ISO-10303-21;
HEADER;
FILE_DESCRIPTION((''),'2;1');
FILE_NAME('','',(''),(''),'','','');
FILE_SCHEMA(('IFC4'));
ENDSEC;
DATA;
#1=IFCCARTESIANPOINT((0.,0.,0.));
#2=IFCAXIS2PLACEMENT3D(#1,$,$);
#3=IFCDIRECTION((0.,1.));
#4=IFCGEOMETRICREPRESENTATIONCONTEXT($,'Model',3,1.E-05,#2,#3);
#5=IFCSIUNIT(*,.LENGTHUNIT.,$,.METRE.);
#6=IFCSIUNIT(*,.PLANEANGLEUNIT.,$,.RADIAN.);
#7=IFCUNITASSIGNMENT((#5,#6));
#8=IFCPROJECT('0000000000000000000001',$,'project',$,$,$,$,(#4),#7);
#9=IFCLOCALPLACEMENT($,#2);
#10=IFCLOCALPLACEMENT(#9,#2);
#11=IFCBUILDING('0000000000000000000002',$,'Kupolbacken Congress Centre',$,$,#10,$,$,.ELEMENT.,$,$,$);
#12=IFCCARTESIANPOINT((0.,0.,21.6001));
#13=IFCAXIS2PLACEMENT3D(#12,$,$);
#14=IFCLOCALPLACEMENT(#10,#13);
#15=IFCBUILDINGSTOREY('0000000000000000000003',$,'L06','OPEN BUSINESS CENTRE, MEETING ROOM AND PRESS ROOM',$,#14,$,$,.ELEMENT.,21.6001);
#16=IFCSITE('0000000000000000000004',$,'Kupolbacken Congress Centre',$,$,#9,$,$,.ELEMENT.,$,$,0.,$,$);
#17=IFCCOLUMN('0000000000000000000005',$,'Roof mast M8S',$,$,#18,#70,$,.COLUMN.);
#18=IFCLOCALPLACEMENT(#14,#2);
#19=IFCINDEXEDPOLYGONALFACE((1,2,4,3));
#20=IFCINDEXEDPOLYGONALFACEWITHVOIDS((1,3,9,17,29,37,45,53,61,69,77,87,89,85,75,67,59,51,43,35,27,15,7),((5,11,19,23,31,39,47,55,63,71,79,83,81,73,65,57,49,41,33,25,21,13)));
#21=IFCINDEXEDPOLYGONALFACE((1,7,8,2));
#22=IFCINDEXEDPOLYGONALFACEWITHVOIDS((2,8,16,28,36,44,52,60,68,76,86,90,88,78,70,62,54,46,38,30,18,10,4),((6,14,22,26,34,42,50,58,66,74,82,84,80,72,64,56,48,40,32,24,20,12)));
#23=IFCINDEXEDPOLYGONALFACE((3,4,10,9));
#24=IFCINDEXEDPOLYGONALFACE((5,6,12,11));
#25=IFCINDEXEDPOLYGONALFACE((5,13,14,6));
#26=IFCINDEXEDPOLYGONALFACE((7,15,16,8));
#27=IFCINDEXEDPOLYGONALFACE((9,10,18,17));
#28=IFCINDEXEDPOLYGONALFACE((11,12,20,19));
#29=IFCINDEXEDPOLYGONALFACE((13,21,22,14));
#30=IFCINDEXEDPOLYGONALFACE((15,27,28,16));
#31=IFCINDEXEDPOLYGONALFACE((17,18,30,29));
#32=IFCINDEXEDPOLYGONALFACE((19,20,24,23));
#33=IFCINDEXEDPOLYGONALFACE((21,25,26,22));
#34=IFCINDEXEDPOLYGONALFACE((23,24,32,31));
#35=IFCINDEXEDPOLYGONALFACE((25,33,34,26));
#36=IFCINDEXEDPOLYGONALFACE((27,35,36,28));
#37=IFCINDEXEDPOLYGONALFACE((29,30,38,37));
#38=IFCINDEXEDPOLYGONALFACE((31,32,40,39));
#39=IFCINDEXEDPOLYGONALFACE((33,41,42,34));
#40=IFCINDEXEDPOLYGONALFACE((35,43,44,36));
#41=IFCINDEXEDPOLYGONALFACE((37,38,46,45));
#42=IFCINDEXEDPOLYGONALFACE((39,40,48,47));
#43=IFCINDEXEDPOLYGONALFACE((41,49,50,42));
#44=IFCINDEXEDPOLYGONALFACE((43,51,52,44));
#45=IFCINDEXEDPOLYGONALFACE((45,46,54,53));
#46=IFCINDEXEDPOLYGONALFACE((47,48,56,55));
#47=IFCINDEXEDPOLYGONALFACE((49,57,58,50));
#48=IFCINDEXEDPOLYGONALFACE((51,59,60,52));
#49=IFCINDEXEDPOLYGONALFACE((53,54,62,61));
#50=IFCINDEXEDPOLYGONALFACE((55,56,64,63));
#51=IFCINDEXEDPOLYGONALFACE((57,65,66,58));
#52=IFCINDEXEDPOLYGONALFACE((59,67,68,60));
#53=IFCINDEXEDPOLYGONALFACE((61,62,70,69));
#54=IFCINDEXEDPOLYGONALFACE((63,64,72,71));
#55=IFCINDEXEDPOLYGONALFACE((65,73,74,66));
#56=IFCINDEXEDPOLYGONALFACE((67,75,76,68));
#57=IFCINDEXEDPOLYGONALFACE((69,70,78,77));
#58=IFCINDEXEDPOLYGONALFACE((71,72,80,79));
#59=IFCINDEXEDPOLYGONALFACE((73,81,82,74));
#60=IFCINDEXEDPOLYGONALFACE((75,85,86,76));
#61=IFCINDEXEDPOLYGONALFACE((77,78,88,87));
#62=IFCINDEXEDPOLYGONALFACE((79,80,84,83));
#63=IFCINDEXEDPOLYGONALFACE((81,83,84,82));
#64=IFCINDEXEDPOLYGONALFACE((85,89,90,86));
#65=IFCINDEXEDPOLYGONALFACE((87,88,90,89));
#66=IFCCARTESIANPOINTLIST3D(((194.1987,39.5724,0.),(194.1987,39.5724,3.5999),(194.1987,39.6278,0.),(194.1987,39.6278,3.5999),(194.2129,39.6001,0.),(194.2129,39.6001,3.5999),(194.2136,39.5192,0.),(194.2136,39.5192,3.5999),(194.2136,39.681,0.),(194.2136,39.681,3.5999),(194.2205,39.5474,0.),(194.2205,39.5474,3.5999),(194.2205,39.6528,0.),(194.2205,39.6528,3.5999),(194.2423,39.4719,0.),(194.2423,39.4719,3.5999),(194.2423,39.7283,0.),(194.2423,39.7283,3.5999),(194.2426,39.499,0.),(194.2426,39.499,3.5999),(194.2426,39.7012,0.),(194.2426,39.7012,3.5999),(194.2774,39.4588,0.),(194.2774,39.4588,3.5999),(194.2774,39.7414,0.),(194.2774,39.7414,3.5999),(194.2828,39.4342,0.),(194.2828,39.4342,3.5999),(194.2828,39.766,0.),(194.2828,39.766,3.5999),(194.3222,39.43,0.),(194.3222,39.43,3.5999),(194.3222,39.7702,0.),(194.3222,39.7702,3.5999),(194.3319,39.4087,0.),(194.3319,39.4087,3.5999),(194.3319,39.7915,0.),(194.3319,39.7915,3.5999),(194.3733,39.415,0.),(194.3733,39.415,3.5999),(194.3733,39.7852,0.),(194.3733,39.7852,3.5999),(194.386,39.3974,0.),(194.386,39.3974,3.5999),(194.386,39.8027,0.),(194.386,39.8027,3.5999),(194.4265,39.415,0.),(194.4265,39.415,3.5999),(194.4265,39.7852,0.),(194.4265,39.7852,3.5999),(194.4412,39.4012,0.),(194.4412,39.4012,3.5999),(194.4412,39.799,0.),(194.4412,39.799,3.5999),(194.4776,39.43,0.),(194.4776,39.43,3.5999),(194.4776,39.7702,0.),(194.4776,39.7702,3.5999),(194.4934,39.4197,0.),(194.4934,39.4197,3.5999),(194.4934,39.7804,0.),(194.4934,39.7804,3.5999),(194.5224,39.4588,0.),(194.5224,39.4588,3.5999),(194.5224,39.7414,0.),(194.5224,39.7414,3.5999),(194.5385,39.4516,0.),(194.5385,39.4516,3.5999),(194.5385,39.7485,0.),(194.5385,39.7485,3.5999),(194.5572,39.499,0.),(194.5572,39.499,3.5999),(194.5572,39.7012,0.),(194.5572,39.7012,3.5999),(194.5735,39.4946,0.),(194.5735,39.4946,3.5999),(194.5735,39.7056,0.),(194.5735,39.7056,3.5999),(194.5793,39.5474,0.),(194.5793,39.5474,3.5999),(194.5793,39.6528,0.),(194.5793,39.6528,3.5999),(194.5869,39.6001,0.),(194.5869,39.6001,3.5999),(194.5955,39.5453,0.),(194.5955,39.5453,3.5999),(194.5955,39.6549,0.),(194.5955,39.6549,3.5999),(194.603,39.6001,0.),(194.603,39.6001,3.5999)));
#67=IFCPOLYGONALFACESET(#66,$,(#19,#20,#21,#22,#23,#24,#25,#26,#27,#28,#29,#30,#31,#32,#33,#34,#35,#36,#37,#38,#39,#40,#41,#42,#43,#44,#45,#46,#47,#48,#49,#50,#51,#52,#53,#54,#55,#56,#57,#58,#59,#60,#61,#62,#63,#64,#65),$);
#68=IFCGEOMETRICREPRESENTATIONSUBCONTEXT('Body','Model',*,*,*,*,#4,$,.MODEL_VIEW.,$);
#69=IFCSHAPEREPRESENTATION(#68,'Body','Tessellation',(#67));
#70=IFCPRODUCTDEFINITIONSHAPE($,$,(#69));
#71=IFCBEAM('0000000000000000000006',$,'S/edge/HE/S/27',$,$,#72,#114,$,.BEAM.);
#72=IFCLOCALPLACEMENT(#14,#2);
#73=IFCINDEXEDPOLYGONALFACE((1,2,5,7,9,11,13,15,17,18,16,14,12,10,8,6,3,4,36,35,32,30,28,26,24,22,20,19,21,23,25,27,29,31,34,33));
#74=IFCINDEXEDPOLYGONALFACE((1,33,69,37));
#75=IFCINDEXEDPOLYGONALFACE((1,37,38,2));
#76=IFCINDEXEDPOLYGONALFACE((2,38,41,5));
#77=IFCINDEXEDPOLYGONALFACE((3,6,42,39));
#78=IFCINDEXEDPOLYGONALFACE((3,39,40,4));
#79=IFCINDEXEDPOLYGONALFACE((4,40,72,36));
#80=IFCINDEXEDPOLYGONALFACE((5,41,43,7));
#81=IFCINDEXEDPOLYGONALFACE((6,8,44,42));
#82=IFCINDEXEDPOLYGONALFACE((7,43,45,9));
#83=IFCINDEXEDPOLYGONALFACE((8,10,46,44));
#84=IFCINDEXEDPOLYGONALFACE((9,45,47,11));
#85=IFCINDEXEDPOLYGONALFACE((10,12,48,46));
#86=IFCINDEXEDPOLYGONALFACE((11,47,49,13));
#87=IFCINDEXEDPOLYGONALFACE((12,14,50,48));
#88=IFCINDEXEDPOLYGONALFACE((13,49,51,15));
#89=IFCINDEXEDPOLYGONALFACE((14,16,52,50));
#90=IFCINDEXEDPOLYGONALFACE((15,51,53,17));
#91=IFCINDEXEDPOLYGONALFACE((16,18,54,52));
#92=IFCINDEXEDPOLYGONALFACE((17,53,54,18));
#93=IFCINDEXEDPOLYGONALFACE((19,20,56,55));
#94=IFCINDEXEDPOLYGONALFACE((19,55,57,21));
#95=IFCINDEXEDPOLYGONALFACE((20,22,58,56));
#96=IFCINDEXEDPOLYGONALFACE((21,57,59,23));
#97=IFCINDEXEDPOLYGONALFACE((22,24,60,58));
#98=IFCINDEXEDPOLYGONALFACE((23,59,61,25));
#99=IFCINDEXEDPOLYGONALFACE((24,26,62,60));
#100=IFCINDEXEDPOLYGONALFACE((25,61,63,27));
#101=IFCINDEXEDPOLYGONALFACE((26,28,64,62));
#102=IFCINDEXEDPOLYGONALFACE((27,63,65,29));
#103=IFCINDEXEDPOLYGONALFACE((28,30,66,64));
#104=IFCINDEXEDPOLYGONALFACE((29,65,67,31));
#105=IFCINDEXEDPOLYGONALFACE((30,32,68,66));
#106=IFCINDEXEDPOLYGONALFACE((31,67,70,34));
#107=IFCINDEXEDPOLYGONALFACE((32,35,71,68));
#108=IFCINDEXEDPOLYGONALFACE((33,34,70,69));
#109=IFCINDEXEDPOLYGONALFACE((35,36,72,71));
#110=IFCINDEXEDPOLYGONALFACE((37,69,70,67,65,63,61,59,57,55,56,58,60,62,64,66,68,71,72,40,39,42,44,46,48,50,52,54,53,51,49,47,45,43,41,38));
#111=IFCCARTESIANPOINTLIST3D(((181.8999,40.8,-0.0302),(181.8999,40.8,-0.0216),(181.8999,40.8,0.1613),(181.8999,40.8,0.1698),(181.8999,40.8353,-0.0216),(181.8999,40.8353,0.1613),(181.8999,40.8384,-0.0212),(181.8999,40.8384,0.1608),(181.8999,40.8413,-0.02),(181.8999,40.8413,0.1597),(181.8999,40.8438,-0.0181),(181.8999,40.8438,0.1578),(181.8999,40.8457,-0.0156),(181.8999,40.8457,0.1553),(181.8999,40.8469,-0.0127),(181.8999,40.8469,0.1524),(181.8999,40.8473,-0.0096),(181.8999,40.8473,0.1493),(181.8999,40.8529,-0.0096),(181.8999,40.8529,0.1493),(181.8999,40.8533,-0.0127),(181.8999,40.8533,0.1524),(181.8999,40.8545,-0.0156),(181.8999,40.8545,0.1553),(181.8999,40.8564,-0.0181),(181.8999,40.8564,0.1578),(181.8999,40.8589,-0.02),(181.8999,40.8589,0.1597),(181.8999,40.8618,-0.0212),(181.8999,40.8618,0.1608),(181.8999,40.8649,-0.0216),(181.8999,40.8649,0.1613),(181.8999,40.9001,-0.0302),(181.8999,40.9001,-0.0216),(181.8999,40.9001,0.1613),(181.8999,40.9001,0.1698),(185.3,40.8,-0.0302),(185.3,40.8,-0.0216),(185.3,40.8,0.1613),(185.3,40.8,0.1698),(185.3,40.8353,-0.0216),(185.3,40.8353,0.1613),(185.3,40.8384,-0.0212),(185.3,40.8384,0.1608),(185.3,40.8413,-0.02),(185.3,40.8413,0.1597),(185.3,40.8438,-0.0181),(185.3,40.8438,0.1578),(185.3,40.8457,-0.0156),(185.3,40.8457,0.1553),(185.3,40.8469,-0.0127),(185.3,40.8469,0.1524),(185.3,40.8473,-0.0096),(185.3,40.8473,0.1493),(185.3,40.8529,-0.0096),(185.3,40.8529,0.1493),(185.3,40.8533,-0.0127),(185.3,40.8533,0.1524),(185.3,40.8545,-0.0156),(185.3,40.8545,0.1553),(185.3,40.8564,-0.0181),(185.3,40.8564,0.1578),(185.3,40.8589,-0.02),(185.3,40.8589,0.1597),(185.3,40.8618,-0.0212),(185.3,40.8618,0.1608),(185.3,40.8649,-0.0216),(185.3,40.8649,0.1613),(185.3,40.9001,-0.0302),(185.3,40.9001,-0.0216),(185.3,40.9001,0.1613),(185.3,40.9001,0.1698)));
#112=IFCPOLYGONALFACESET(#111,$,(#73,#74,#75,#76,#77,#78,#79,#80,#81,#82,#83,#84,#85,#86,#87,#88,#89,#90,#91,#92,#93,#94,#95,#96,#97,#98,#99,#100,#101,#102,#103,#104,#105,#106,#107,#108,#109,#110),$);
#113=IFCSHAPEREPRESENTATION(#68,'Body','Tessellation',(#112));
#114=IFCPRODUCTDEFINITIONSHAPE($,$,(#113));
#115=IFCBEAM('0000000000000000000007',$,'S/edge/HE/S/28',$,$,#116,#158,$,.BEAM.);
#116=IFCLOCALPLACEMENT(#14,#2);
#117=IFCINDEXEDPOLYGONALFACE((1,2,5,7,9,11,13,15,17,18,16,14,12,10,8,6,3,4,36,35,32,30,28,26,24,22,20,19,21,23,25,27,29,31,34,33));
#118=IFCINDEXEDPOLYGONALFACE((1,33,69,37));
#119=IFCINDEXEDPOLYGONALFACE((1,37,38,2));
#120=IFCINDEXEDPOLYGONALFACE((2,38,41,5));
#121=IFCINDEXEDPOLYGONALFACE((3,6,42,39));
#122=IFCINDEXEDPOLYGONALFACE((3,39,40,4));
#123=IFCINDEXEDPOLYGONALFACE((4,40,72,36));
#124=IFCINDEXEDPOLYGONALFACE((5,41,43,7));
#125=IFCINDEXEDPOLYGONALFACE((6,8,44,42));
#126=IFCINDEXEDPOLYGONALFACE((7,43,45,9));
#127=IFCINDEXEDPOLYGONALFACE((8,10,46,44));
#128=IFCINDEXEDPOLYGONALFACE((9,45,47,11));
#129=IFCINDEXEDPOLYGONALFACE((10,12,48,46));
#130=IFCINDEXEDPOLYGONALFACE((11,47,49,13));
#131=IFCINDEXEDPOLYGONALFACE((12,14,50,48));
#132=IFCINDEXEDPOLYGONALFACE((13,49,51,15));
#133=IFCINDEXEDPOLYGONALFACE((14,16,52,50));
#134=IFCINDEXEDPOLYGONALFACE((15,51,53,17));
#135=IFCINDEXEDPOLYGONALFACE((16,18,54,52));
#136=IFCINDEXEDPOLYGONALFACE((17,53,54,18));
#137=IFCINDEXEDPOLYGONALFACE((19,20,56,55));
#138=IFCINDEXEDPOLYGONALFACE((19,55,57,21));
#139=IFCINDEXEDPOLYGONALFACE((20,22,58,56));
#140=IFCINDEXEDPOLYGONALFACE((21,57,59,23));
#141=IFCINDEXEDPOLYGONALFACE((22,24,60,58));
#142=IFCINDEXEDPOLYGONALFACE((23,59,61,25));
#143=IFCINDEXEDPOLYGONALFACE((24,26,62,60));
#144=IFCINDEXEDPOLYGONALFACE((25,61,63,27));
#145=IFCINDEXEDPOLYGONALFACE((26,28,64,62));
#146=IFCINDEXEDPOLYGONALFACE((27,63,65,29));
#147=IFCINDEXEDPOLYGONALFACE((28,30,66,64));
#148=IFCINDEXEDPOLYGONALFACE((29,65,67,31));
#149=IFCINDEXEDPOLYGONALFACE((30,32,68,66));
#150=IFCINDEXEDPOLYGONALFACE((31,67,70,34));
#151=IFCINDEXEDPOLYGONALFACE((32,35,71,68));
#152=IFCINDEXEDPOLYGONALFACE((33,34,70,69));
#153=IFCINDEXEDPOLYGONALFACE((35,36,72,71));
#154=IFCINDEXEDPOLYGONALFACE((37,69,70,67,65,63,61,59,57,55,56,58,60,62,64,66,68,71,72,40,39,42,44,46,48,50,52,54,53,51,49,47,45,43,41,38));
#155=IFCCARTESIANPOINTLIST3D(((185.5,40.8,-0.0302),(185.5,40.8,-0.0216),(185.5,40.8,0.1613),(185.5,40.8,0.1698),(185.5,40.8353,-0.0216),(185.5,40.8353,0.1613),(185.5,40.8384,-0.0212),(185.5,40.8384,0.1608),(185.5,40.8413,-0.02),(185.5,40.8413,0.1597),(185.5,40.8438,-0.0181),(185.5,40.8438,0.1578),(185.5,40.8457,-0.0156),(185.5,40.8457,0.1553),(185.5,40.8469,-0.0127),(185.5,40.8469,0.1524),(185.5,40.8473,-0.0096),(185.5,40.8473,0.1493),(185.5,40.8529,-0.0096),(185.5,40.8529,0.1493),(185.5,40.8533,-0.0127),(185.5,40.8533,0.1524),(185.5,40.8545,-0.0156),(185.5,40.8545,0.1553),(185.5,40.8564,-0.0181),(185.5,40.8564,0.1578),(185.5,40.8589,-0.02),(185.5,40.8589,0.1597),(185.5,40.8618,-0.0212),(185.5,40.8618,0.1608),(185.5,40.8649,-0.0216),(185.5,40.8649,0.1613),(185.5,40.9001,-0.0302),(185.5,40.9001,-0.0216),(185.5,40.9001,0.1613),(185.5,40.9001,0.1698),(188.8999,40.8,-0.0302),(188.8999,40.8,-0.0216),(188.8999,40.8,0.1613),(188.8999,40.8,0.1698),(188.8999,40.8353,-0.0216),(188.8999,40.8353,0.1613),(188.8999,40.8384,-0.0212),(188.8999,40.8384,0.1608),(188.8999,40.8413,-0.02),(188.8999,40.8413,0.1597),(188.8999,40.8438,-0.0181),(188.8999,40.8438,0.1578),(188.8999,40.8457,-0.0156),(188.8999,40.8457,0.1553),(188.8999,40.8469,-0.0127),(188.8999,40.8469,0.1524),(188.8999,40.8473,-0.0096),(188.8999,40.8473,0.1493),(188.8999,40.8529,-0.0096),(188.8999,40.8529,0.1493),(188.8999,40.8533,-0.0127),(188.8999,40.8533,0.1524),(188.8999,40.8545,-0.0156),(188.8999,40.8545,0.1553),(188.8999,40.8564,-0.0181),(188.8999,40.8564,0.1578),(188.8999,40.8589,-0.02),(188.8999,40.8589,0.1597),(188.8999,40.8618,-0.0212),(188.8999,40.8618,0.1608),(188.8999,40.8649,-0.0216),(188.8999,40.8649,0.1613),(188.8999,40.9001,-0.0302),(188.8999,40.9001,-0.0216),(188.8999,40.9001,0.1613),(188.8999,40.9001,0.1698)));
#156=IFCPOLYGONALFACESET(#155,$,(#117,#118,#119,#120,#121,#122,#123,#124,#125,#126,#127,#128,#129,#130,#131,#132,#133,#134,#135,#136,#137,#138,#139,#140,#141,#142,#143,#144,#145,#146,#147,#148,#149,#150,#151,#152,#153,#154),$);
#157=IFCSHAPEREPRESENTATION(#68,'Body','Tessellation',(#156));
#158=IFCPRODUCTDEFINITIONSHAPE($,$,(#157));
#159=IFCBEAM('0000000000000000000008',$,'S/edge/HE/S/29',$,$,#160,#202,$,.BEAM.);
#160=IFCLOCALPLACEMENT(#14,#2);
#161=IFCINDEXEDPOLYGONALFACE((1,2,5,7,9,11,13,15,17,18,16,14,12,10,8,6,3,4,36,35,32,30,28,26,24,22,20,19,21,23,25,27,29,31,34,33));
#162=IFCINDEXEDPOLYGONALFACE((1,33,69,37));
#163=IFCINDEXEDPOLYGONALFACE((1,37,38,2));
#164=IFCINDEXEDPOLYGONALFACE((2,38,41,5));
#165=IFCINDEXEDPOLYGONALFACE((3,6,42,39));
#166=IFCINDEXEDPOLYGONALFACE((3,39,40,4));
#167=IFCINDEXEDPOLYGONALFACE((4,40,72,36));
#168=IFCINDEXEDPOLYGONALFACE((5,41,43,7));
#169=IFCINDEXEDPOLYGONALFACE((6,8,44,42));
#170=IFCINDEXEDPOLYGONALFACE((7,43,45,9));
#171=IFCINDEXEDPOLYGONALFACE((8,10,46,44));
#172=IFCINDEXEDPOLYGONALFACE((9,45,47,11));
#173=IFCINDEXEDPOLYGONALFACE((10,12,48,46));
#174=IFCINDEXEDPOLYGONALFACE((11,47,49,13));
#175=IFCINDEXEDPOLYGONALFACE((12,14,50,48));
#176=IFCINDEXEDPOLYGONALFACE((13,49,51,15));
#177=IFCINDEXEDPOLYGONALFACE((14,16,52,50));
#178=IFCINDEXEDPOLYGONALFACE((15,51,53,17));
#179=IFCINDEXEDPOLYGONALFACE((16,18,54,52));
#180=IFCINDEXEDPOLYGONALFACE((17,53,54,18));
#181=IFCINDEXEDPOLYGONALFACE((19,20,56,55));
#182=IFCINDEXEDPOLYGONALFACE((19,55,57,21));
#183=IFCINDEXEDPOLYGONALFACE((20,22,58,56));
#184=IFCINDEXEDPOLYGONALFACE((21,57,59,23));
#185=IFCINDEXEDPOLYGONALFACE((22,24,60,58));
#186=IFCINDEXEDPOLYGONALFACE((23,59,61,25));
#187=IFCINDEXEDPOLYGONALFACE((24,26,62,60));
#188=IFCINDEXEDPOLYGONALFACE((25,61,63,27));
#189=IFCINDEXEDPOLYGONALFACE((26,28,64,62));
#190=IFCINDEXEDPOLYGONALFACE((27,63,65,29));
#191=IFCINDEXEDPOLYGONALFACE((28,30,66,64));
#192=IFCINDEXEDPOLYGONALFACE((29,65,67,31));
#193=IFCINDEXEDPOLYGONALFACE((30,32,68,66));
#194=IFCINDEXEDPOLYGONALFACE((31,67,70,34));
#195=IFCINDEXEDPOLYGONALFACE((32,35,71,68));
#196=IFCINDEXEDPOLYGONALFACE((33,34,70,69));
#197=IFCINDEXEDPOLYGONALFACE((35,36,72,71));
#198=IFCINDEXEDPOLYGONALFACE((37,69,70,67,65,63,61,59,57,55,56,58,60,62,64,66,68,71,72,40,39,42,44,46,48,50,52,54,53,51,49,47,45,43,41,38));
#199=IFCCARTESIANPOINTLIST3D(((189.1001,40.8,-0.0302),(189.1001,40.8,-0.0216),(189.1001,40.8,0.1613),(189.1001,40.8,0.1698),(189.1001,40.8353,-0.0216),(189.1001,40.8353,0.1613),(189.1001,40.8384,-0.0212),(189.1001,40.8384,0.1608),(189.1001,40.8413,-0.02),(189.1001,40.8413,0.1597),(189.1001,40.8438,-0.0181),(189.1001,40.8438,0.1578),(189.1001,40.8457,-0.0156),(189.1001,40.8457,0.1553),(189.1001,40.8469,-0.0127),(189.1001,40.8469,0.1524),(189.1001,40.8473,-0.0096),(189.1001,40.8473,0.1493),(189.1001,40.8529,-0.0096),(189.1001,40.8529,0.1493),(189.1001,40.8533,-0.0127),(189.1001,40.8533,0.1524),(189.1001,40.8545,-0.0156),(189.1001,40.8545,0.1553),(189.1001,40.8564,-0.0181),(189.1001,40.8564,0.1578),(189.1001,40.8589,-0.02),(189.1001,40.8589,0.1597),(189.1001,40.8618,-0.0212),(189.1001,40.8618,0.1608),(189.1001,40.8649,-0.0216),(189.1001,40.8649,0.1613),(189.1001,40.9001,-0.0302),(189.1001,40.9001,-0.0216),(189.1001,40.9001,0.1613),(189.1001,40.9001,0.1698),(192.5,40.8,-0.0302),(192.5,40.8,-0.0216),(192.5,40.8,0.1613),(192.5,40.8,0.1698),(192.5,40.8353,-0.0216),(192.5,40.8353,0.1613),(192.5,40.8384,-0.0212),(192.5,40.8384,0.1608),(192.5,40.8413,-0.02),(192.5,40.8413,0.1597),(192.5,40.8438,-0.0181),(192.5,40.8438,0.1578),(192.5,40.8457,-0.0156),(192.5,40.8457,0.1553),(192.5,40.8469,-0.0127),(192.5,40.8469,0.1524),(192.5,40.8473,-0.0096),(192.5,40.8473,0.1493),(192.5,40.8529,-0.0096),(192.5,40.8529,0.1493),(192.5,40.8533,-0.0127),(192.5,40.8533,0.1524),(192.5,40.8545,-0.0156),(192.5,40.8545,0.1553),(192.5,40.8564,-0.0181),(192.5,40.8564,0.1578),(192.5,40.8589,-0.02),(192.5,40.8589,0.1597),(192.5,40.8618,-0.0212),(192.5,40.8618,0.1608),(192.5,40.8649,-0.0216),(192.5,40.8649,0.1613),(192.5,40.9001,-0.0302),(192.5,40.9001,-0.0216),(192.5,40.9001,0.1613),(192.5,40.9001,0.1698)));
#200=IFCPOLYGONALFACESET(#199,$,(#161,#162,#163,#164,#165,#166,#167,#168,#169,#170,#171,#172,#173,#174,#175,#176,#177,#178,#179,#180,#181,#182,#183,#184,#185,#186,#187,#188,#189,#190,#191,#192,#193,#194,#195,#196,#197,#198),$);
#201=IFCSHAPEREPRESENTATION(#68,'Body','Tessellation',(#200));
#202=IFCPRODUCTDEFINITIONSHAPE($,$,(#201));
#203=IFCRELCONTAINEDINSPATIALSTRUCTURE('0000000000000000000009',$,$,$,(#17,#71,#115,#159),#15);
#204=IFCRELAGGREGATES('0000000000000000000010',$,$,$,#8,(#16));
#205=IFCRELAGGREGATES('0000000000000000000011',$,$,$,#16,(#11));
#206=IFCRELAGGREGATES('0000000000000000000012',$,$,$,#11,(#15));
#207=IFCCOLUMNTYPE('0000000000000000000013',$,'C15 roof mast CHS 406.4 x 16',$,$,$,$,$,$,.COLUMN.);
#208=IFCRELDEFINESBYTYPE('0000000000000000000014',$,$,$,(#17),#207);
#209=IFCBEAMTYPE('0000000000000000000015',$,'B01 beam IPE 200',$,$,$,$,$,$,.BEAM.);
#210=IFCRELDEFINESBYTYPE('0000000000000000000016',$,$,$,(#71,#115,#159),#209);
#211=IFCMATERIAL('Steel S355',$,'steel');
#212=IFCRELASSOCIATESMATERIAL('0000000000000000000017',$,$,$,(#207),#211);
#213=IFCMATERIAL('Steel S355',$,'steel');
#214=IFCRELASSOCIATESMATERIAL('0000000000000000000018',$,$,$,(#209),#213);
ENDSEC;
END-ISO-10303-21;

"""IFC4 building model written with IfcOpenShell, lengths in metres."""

from ifc_helpers import new_model, si_unit, direction, frame, origin, origin_2d, place, context, subcontext, project, spatial, hollow_circle, i_section, extrude, material, material_profile, profile_set, type_object, element, save


model = new_model("IFC4")

# Units and contexts
model_context = context("Model", 3, precision=1e-05, world=origin(), true_north=direction((0.0, 1.0)))
body_context = subcontext(model_context, "Body", "Model", "MODEL_VIEW")
ifc_project = project(units=[si_unit("LENGTHUNIT", "METRE"), si_unit("PLANEANGLEUNIT", "RADIAN")], contexts=[model_context])

# Site, building, storey
site_placement = place(None, origin())
site = spatial("IfcSite", under=ifc_project, at=site_placement, Name="Kupolbacken Congress Centre", CompositionType="ELEMENT", RefElevation=0.0)
building_placement = place(site_placement, origin())
building = spatial("IfcBuilding", under=site, at=building_placement, Name="Kupolbacken Congress Centre", CompositionType="ELEMENT")
storey_placement = place(building_placement, frame((0.0, 0.0, 21.6001)))
storey = spatial("IfcBuildingStorey", under=building, at=storey_placement, Name="L06", Description="OPEN BUSINESS CENTRE, MEETING ROOM AND PRESS ROOM", CompositionType="ELEMENT", Elevation=21.6001)

# Column
ifc_material_1 = material(Name="Steel S355", Category="steel")
ifc_material_profile_1 = material_profile(ifc_material_1, hollow_circle(Radius=0.2031, WallThickness=0.0161, at=origin_2d()), Name="CHS 406.4 x 16")
ifc_profile_set_1 = profile_set([ifc_material_profile_1], Name="Steel S355")
column_type = type_object("IfcColumnType", Name="C15 roof mast CHS 406.4 x 16", PredefinedType="COLUMN", material=ifc_profile_set_1)
column_placement = place(storey_placement, frame((194.3999, 39.6001, 0.0), z_axis=(0.0, 0.0, 1.0), x_axis=(1.0, 0.0, 0.0)))
element("IfcColumn", 1, at=column_placement, inside=storey, type_object=column_type, Name="Roof mast M8S", PredefinedType="COLUMN", context=body_context, shape_type="SweptSolid", body=[
    extrude(hollow_circle(Radius=0.2031, WallThickness=0.0161, at=origin_2d()), origin(), (0.0, 0.0, 1.0), 3.5999),
])

# Beams
ifc_material_2 = material(Name="Steel S355", Category="steel")
ifc_material_profile_2 = material_profile(ifc_material_2, i_section(OverallWidth=0.1001, OverallDepth=0.2, WebThickness=0.0056, FlangeThickness=0.0085, FilletRadius=0.012, at=origin_2d()), Name="IPE 200")
ifc_profile_set_2 = profile_set([ifc_material_profile_2], Name="Steel S355")
beam_type_1 = type_object("IfcBeamType", Name="B01 beam IPE 200", PredefinedType="BEAM", material=ifc_profile_set_2)
beam_1_placement = place(storey_placement, frame((181.8999, 40.8501, 0.0698), z_axis=(1.0, 0.0, 0.0), x_axis=(0.0, 1.0, 0.0)))
element("IfcBeam", 2, at=beam_1_placement, inside=storey, type_object=beam_type_1, Name="S/edge/HE/S/27", PredefinedType="BEAM", context=body_context, shape_type="SweptSolid", body=[
    extrude(i_section(OverallWidth=0.1001, OverallDepth=0.2, WebThickness=0.0056, FlangeThickness=0.0085, FilletRadius=0.012, at=origin_2d()), origin(), (0.0, 0.0, 1.0), 3.4001),
])
for number, where, z_axis, x_axis, name in (
    (3, (185.5, 40.8501, 0.0698), (1.0, 0.0, 0.0), (0.0, 1.0, 0.0), "S/edge/HE/S/28"),
    (4, (189.1001, 40.8501, 0.0698), (1.0, 0.0, 0.0), (0.0, 1.0, 0.0), "S/edge/HE/S/29"),
):
    element("IfcBeam", number, at=place(storey_placement, frame(where, z_axis=z_axis, x_axis=x_axis)), inside=storey, type_object=beam_type_1, Name=name, PredefinedType="BEAM", context=body_context, shape_type="SweptSolid", body=[
        extrude(i_section(OverallWidth=0.1001, OverallDepth=0.2, WebThickness=0.0056, FlangeThickness=0.0085, FilletRadius=0.012, at=origin_2d()), origin(), (0.0, 0.0, 1.0), 3.3999),
    ])

save(model, "model.ifc")
